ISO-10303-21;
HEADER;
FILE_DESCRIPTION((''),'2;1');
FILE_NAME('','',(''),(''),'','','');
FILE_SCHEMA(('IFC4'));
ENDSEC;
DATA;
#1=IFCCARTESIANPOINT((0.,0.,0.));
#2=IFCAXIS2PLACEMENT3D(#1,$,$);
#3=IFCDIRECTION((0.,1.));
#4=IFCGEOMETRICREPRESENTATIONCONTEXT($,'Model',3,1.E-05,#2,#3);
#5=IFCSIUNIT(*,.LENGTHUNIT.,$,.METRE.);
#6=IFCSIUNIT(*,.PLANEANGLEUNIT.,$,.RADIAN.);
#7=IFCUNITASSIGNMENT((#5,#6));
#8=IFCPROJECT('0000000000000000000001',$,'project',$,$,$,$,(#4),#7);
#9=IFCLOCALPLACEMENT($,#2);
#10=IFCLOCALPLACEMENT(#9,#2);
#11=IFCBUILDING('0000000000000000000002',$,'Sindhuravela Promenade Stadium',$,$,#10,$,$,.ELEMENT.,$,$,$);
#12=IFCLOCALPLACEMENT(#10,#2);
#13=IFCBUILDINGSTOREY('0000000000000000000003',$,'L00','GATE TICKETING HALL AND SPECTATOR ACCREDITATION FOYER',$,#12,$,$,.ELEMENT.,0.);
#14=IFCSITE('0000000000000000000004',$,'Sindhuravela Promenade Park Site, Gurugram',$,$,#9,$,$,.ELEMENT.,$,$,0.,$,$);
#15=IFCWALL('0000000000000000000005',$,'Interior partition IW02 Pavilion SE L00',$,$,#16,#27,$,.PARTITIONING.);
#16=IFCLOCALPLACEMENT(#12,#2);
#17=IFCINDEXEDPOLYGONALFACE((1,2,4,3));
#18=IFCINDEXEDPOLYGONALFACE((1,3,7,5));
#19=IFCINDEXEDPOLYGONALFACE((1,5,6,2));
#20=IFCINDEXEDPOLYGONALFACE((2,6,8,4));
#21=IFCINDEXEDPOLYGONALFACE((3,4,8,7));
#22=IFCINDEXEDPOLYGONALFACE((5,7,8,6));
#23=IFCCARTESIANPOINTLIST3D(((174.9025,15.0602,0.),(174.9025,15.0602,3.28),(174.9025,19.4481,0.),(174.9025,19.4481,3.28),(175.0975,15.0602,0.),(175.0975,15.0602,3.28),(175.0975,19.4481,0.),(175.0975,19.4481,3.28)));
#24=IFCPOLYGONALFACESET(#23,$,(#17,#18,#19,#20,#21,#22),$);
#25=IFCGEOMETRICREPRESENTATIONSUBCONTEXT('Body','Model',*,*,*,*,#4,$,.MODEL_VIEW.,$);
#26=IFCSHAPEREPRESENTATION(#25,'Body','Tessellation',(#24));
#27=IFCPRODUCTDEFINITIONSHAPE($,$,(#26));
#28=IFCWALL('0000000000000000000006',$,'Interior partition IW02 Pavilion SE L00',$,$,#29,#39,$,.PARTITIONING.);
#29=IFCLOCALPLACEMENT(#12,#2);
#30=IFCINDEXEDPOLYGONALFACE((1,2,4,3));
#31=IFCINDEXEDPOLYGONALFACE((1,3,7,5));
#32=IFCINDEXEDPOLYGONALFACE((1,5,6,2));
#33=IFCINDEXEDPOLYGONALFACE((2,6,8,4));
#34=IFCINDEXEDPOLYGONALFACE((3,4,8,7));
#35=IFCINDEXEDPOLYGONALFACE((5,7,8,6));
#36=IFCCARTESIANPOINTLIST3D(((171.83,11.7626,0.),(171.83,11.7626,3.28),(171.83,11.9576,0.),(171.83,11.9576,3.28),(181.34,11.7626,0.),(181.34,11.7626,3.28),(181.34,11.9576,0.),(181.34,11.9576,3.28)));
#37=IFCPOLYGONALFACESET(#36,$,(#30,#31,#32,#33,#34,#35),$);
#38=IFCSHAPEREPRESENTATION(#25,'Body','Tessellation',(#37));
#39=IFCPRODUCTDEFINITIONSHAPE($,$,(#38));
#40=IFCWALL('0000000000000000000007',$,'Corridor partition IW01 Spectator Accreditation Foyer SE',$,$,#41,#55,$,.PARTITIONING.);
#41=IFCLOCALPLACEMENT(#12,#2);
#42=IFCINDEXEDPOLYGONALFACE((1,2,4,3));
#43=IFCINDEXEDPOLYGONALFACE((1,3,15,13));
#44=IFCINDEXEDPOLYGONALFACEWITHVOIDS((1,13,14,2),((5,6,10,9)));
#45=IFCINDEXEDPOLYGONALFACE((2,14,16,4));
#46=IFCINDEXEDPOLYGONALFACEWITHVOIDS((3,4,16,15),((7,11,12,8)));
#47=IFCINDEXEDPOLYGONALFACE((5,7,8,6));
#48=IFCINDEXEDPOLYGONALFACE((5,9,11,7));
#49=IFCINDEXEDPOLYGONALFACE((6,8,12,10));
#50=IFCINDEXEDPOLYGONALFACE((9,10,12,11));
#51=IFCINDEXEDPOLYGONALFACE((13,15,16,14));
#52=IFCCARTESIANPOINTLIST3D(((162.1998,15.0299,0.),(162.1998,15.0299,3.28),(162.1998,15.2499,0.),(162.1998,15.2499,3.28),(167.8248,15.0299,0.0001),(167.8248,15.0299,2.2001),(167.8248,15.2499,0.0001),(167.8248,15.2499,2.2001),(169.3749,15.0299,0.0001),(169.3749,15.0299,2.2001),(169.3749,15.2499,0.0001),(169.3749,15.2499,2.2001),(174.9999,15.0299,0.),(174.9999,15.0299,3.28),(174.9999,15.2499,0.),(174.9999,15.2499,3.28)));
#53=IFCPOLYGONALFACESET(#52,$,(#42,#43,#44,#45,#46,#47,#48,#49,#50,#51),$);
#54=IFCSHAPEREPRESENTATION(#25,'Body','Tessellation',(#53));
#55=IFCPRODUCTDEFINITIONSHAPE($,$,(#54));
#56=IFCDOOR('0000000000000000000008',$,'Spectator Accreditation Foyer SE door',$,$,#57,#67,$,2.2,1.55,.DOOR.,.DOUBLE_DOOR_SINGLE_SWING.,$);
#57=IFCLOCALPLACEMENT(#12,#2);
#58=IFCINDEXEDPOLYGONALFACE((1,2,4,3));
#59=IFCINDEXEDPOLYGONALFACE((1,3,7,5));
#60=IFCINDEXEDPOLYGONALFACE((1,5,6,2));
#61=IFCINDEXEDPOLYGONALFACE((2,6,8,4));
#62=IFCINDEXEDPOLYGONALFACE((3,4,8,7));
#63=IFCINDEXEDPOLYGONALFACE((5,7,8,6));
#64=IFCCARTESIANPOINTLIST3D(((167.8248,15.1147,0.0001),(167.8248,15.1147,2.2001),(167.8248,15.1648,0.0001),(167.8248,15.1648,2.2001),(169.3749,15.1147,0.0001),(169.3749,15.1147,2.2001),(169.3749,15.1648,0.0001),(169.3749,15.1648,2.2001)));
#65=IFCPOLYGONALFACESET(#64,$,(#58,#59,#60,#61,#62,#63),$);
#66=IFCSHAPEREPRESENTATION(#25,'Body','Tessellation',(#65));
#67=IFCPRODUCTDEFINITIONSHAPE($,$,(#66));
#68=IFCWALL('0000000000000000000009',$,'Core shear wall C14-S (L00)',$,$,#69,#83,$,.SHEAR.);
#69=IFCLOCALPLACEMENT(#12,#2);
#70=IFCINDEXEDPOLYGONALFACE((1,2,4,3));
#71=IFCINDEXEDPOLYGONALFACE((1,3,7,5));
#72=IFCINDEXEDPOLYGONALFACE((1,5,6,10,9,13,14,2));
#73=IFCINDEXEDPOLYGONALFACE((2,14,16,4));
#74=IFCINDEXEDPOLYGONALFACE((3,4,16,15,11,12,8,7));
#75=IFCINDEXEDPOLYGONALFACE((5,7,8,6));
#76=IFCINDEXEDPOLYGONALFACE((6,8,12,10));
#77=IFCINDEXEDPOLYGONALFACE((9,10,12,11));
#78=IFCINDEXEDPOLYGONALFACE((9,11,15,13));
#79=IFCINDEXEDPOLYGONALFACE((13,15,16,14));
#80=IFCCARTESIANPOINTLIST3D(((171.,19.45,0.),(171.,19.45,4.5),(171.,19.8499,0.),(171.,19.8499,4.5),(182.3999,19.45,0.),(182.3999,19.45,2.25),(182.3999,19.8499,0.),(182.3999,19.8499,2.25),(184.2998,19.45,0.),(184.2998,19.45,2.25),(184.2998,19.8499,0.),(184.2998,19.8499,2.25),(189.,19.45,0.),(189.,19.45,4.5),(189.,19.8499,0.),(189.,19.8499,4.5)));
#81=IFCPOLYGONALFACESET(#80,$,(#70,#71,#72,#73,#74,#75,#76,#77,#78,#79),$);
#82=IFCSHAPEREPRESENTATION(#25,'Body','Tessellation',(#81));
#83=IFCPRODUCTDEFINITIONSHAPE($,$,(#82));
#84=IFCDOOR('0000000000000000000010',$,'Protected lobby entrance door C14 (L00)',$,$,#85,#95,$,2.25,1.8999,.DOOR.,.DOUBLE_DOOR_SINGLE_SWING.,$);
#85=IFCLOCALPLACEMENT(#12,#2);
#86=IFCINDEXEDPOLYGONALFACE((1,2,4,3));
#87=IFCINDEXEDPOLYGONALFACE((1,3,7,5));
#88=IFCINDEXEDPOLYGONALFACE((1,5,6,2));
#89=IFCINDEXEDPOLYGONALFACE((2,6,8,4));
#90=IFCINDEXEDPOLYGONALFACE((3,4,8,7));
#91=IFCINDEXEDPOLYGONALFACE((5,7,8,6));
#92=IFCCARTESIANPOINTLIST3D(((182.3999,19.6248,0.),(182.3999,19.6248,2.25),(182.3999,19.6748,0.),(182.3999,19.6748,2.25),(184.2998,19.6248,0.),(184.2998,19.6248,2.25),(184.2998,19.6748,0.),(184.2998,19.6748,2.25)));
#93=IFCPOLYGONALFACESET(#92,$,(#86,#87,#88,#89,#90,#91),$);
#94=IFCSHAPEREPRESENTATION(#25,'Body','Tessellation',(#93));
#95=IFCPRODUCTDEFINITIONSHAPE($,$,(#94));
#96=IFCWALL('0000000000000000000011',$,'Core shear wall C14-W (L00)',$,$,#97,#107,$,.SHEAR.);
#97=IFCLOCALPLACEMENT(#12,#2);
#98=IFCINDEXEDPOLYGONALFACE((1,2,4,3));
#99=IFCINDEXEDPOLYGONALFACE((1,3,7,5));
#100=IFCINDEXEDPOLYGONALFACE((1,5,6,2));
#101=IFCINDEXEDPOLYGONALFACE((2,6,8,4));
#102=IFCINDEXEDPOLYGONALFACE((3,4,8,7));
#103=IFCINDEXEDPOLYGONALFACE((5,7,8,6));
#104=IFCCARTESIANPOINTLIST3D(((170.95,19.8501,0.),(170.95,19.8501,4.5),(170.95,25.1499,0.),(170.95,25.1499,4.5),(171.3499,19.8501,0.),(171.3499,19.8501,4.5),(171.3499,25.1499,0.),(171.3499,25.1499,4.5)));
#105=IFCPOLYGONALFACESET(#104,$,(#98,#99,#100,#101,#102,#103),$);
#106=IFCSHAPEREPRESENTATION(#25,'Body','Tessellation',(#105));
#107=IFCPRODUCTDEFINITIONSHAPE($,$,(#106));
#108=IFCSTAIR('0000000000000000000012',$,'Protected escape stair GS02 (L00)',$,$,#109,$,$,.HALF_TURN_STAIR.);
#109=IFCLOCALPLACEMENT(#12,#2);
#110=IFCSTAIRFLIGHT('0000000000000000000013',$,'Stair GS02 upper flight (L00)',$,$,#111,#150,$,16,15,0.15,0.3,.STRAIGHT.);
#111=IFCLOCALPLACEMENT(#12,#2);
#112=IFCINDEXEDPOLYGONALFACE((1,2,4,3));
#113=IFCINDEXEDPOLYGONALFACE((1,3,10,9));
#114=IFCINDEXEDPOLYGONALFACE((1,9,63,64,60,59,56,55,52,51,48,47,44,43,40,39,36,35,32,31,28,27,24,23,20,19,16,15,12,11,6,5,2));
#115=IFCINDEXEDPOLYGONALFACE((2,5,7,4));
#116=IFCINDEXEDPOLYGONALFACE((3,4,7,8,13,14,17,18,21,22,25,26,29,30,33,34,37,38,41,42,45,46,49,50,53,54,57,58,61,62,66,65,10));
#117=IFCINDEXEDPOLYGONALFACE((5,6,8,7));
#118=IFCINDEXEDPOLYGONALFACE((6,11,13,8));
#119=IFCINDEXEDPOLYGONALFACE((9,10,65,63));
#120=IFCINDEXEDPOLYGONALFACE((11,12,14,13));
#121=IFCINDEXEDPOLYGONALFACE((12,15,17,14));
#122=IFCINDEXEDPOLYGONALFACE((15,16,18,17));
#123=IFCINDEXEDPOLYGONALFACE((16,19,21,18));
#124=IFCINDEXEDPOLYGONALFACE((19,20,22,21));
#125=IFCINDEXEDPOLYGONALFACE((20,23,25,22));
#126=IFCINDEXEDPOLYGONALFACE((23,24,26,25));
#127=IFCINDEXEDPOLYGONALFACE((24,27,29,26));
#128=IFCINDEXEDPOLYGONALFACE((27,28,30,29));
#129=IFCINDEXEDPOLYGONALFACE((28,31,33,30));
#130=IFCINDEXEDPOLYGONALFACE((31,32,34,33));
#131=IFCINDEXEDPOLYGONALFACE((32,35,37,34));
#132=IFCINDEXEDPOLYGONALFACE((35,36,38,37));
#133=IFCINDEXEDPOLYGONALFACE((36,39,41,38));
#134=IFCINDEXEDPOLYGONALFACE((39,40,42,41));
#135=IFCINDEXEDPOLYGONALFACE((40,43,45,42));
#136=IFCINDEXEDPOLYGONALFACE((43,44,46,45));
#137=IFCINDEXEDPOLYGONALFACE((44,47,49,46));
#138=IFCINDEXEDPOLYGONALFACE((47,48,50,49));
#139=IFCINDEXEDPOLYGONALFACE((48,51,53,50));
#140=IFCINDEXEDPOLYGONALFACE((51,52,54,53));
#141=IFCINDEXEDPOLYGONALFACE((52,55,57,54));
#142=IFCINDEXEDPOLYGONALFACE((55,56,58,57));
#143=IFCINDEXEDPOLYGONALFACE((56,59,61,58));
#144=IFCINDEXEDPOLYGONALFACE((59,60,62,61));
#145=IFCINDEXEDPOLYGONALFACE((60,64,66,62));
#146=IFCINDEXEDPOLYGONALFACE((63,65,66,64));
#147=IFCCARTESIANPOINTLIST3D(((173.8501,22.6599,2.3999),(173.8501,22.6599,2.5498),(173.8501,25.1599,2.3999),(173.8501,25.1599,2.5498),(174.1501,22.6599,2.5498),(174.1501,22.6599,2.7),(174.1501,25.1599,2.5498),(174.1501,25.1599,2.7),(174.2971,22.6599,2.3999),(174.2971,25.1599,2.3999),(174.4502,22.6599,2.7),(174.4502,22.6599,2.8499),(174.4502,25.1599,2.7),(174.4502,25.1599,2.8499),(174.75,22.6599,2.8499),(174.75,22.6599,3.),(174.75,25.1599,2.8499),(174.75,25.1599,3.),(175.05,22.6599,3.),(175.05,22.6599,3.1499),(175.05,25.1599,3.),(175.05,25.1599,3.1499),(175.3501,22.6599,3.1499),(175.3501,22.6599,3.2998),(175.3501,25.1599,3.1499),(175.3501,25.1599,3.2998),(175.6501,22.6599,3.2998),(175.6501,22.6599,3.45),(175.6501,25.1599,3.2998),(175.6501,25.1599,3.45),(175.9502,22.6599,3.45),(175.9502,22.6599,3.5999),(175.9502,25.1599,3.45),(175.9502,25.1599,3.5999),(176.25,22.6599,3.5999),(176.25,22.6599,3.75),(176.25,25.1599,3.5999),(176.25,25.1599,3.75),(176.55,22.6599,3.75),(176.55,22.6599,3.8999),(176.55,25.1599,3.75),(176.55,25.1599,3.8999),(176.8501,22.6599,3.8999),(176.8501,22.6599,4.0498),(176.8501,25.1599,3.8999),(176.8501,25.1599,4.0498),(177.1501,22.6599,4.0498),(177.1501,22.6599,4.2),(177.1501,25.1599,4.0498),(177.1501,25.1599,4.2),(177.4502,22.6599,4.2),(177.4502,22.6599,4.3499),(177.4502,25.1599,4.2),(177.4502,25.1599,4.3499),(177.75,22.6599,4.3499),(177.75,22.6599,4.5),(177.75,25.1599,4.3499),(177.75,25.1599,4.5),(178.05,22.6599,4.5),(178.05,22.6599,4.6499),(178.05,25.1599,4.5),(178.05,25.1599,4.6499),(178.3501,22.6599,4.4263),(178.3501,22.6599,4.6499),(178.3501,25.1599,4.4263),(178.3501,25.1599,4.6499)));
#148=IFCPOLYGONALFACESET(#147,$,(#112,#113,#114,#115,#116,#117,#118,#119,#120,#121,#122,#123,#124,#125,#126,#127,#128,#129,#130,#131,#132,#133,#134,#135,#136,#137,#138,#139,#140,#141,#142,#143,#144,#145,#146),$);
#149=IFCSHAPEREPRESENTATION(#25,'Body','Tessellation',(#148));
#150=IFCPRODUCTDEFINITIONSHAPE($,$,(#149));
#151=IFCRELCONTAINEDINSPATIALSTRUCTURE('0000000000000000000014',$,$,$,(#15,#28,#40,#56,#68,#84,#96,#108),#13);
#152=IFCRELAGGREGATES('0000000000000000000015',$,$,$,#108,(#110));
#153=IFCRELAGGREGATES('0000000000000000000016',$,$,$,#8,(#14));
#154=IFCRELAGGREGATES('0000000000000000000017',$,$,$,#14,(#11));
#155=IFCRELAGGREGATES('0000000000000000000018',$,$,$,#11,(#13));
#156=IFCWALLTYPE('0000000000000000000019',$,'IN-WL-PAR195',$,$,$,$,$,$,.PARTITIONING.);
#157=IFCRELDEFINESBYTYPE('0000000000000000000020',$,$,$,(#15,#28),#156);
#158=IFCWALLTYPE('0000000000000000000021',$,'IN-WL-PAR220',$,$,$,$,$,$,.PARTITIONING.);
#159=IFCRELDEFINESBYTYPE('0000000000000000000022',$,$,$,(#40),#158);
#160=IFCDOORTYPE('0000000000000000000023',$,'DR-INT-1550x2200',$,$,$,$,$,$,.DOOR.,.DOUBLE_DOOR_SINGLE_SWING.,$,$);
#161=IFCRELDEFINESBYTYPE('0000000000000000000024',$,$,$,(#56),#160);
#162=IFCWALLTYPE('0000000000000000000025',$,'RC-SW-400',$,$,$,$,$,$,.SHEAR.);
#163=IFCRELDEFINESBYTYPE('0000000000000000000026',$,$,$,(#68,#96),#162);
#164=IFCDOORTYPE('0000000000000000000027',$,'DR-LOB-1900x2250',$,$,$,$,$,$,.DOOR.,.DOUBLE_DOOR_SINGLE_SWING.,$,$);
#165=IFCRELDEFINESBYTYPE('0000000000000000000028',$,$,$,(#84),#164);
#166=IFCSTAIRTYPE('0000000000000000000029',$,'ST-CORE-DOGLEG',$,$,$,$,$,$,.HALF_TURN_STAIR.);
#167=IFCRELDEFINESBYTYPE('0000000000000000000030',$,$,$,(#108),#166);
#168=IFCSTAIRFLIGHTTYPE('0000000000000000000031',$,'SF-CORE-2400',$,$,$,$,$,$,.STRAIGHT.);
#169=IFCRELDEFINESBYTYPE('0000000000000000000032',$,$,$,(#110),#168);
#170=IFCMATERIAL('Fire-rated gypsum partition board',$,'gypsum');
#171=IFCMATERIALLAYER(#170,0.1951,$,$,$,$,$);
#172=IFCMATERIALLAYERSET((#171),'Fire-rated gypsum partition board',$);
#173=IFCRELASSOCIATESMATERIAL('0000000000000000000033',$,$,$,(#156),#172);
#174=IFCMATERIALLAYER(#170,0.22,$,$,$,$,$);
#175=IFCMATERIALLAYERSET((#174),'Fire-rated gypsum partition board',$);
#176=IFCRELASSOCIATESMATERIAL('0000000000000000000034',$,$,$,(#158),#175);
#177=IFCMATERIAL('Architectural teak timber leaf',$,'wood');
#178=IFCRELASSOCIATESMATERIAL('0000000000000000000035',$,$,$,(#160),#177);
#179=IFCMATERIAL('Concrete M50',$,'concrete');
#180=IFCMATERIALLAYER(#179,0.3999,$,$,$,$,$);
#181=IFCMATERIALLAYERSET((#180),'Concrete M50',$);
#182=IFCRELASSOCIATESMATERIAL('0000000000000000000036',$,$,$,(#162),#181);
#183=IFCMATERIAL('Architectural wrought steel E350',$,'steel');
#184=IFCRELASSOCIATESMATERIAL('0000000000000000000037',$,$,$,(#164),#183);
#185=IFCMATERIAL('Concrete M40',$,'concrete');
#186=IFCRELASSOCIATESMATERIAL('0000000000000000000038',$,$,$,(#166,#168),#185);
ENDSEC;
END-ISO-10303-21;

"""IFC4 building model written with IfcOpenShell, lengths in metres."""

from ifc_helpers import new_model, si_unit, direction, frame, frame_2d, origin, place, context, subcontext, project, spatial, polyline, rectangle, outline, extrude, material, layer, layer_set, type_object, element, fill, aggregate, save


model = new_model("IFC4")

# Units and contexts
model_context = context("Model", 3, precision=1e-05, world=origin(), true_north=direction((0.0, 1.0)))
body_context = subcontext(model_context, "Body", "Model", "MODEL_VIEW")
ifc_project = project(units=[si_unit("LENGTHUNIT", "METRE"), si_unit("PLANEANGLEUNIT", "RADIAN")], contexts=[model_context])

# Site, building, storey
site_placement = place(None, origin())
site = spatial("IfcSite", under=ifc_project, at=site_placement, Name="Sindhuravela Promenade Park Site, Gurugram", CompositionType="ELEMENT", RefElevation=0.0)
building_placement = place(site_placement, origin())
building = spatial("IfcBuilding", under=site, at=building_placement, Name="Sindhuravela Promenade Stadium", CompositionType="ELEMENT")
storey_placement = place(building_placement, origin())
storey = spatial("IfcBuildingStorey", under=building, at=storey_placement, Name="L00", Description="GATE TICKETING HALL AND SPECTATOR ACCREDITATION FOYER", CompositionType="ELEMENT", Elevation=0.0)

# Shared definitions
ifc_material_1 = material(Name="Concrete M50", Category="concrete")

# Shared definitions
ifc_material_2 = material(Name="Concrete M40", Category="concrete")

# Walls
ifc_material_3 = material(Name="Fire-rated gypsum partition board", Category="gypsum")
ifc_layer_1 = layer(ifc_material_3, 0.1951)
ifc_layer_set_1 = layer_set([ifc_layer_1], Name="Fire-rated gypsum partition board")
wall_type_1 = type_object("IfcWallType", Name="IN-WL-PAR195", PredefinedType="PARTITIONING", material=ifc_layer_set_1)
wall_1_placement = place(storey_placement, frame((175.0, 19.448, 0.0), z_axis=(0.0, 0.0, 1.0), x_axis=(0.0, -1.0, 0.0)))
element("IfcWall", 1, at=wall_1_placement, inside=storey, type_object=wall_type_1, Name="Interior partition IW02 Pavilion SE L00", PredefinedType="PARTITIONING", context=body_context, shape_type="SweptSolid", body=[
    extrude(rectangle(XDim=4.3879, YDim=0.1951, at=frame_2d((2.1938, 0.0))), origin(), (0.0, 0.0, 1.0), 3.28),
])
wall_2_placement = place(storey_placement, frame((171.8301, 11.8601, 0.0), z_axis=(0.0, 0.0, 1.0), x_axis=(1.0, 0.0, 0.0)))
element("IfcWall", 2, at=wall_2_placement, inside=storey, type_object=wall_type_1, Name="Interior partition IW02 Pavilion SE L00", PredefinedType="PARTITIONING", context=body_context, shape_type="SweptSolid", body=[
    extrude(rectangle(XDim=9.51, YDim=0.1951, at=frame_2d((4.7549, 0.0))), origin(), (0.0, 0.0, 1.0), 3.28),
])

# Walls, openings, doors
ifc_layer_2 = layer(ifc_material_3, 0.22)
ifc_layer_set_2 = layer_set([ifc_layer_2], Name="Fire-rated gypsum partition board")
wall_type_2 = type_object("IfcWallType", Name="IN-WL-PAR220", PredefinedType="PARTITIONING", material=ifc_layer_set_2)
wall_3_placement = place(storey_placement, frame((162.2, 15.1399, 0.0), z_axis=(0.0, 0.0, 1.0), x_axis=(1.0, 0.0, 0.0)))
wall_3 = element("IfcWall", 3, at=wall_3_placement, inside=storey, type_object=wall_type_2, Name="Corridor partition IW01 Spectator Accreditation Foyer SE", PredefinedType="PARTITIONING", context=body_context, shape_type="SweptSolid", body=[
    extrude(rectangle(XDim=12.8, YDim=0.22, at=frame_2d((6.3999, 0.0))), origin(), (0.0, 0.0, 1.0), 3.28),
])
opening_1_placement = place(wall_3_placement, frame((5.625, 0.0, 0.0)))
opening_1 = element("IfcOpeningElement", 4, at=opening_1_placement, cuts=wall_3, PredefinedType="OPENING", context=body_context, shape_type="SweptSolid", body=[
    extrude(rectangle(XDim=1.55, YDim=2.2, at=frame_2d((0.7749, 1.1001))), frame((0.0, 0.1199, 0.0), z_axis=(0.0, -1.0, 0.0), x_axis=(1.0, 0.0, 0.0)), (0.0, 0.0, 1.0), 0.24),
])
ifc_material_4 = material(Name="Architectural teak timber leaf", Category="wood")
door_type_1 = type_object("IfcDoorType", Name="DR-INT-1550x2200", OperationType="DOUBLE_DOOR_SINGLE_SWING", PredefinedType="DOOR", material=ifc_material_4)
door_1_placement = place(opening_1_placement, origin())
door_1 = element("IfcDoor", 5, at=door_1_placement, inside=storey, type_object=door_type_1, Name="Spectator Accreditation Foyer SE door", OperationType="DOUBLE_DOOR_SINGLE_SWING", OverallHeight=2.2, OverallWidth=1.55, PredefinedType="DOOR", context=body_context, shape_type="SweptSolid", body=[
    extrude(rectangle(XDim=1.55, YDim=2.2, at=frame_2d((0.7749, 1.1001))), frame((0.0, 0.0249, 0.0), z_axis=(0.0, -1.0, 0.0), x_axis=(1.0, 0.0, 0.0)), (0.0, 0.0, 1.0), 0.05),
])
fill(opening_1, door_1)
ifc_layer_3 = layer(ifc_material_1, 0.3999)
ifc_layer_set_3 = layer_set([ifc_layer_3], Name="Concrete M50")
wall_type_3 = type_object("IfcWallType", Name="RC-SW-400", PredefinedType="SHEAR", material=ifc_layer_set_3)
wall_4_placement = place(storey_placement, frame((171.0, 19.6499, 0.0), z_axis=(0.0, 0.0, 1.0), x_axis=(1.0, 0.0, 0.0)))
wall_4 = element("IfcWall", 6, at=wall_4_placement, inside=storey, type_object=wall_type_3, Name="Core shear wall C14-S (L00)", PredefinedType="SHEAR", context=body_context, shape_type="SweptSolid", body=[
    extrude(rectangle(XDim=18.0, YDim=0.3999, at=frame_2d((9.0, 0.0))), origin(), (0.0, 0.0, 1.0), 4.5),
])
opening_2_placement = place(wall_4_placement, frame((11.3999, 0.0, 0.0)))
opening_2 = element("IfcOpeningElement", 7, at=opening_2_placement, cuts=wall_4, PredefinedType="OPENING", context=body_context, shape_type="SweptSolid", body=[
    extrude(rectangle(XDim=1.8999, YDim=2.25, at=frame_2d((0.95, 1.125))), frame((0.0, 0.21, 0.0), z_axis=(0.0, -1.0, 0.0), x_axis=(1.0, 0.0, 0.0)), (0.0, 0.0, 1.0), 0.4199),
])
ifc_material_5 = material(Name="Architectural wrought steel E350", Category="steel")
door_type_2 = type_object("IfcDoorType", Name="DR-LOB-1900x2250", OperationType="DOUBLE_DOOR_SINGLE_SWING", PredefinedType="DOOR", material=ifc_material_5)
door_2_placement = place(opening_2_placement, origin())
door_2 = element("IfcDoor", 8, at=door_2_placement, inside=storey, type_object=door_type_2, Name="Protected lobby entrance door C14 (L00)", OperationType="DOUBLE_DOOR_SINGLE_SWING", OverallHeight=2.25, OverallWidth=1.8999, PredefinedType="DOOR", context=body_context, shape_type="SweptSolid", body=[
    extrude(rectangle(XDim=1.8999, YDim=2.25, at=frame_2d((0.95, 1.125))), frame((0.0, 0.0249, 0.0), z_axis=(0.0, -1.0, 0.0), x_axis=(1.0, 0.0, 0.0)), (0.0, 0.0, 1.0), 0.05),
])
fill(opening_2, door_2)

# Wall
wall_5_placement = place(storey_placement, frame((171.1499, 25.1499, 0.0), z_axis=(0.0, 0.0, 1.0), x_axis=(0.0, -1.0, 0.0)))
element("IfcWall", 9, at=wall_5_placement, inside=storey, type_object=wall_type_3, Name="Core shear wall C14-W (L00)", PredefinedType="SHEAR", context=body_context, shape_type="SweptSolid", body=[
    extrude(rectangle(XDim=5.2998, YDim=0.3999, at=frame_2d((2.6499, 0.0))), origin(), (0.0, 0.0, 1.0), 4.5),
])

# Stair, stair flight
stair_type = type_object("IfcStairType", Name="ST-CORE-DOGLEG", PredefinedType="HALF_TURN_STAIR", material=ifc_material_2)
stair_placement = place(storey_placement, origin())
stair = element("IfcStair", 10, at=stair_placement, inside=storey, type_object=stair_type, Name="Protected escape stair GS02 (L00)", PredefinedType="HALF_TURN_STAIR")
stair_flight_type = type_object("IfcStairFlightType", Name="SF-CORE-2400", PredefinedType="STRAIGHT", material=ifc_material_2)
stair_flight_placement = place(storey_placement, frame((173.8501, 23.9099, 2.3999), z_axis=(0.0, 0.0, 1.0), x_axis=(1.0, 0.0, 0.0)))
stair_flight = element("IfcStairFlight", 11, at=stair_flight_placement, type_object=stair_flight_type, Name="Stair GS02 upper flight (L00)", NumberOfRisers=16, NumberOfTreads=15, PredefinedType="STRAIGHT", RiserHeight=0.15, TreadLength=0.3, context=body_context, shape_type="SweptSolid", body=[
    extrude(outline(polyline([(0.0, 0.0), (0.0, 0.1499), (0.3, 0.1499), (0.3, 0.3), (0.6001, 0.3), (0.6001, 0.45), (0.8999, 0.45), (0.8999, 0.6001), (1.2, 0.6001), (1.2, 0.75), (1.5, 0.75), (1.5, 0.8999), (1.8, 0.8999), (1.8, 1.05), (2.1001, 1.05), (2.1001, 1.2), (2.3999, 1.2), (2.3999, 1.3501), (2.7, 1.3501), (2.7, 1.5), (3.0, 1.5), (3.0, 1.6499), (3.3, 1.6499), (3.3, 1.8), (3.6001, 1.8), (3.6001, 1.95), (3.8999, 1.95), (3.8999, 2.1001), (4.2, 2.1001), (4.2, 2.25), (4.5, 2.25), (4.5, 2.3999), (4.5, 2.0264), (0.447, 0.0), (0.0, 0.0)])), frame((0.0, 1.25, 0.0), z_axis=(0.0, -1.0, 0.0), x_axis=(1.0, 0.0, 0.0)), (0.0, 0.0, 1.0), 2.5),
])
aggregate(stair, [stair_flight])

save(model, "model.ifc")
